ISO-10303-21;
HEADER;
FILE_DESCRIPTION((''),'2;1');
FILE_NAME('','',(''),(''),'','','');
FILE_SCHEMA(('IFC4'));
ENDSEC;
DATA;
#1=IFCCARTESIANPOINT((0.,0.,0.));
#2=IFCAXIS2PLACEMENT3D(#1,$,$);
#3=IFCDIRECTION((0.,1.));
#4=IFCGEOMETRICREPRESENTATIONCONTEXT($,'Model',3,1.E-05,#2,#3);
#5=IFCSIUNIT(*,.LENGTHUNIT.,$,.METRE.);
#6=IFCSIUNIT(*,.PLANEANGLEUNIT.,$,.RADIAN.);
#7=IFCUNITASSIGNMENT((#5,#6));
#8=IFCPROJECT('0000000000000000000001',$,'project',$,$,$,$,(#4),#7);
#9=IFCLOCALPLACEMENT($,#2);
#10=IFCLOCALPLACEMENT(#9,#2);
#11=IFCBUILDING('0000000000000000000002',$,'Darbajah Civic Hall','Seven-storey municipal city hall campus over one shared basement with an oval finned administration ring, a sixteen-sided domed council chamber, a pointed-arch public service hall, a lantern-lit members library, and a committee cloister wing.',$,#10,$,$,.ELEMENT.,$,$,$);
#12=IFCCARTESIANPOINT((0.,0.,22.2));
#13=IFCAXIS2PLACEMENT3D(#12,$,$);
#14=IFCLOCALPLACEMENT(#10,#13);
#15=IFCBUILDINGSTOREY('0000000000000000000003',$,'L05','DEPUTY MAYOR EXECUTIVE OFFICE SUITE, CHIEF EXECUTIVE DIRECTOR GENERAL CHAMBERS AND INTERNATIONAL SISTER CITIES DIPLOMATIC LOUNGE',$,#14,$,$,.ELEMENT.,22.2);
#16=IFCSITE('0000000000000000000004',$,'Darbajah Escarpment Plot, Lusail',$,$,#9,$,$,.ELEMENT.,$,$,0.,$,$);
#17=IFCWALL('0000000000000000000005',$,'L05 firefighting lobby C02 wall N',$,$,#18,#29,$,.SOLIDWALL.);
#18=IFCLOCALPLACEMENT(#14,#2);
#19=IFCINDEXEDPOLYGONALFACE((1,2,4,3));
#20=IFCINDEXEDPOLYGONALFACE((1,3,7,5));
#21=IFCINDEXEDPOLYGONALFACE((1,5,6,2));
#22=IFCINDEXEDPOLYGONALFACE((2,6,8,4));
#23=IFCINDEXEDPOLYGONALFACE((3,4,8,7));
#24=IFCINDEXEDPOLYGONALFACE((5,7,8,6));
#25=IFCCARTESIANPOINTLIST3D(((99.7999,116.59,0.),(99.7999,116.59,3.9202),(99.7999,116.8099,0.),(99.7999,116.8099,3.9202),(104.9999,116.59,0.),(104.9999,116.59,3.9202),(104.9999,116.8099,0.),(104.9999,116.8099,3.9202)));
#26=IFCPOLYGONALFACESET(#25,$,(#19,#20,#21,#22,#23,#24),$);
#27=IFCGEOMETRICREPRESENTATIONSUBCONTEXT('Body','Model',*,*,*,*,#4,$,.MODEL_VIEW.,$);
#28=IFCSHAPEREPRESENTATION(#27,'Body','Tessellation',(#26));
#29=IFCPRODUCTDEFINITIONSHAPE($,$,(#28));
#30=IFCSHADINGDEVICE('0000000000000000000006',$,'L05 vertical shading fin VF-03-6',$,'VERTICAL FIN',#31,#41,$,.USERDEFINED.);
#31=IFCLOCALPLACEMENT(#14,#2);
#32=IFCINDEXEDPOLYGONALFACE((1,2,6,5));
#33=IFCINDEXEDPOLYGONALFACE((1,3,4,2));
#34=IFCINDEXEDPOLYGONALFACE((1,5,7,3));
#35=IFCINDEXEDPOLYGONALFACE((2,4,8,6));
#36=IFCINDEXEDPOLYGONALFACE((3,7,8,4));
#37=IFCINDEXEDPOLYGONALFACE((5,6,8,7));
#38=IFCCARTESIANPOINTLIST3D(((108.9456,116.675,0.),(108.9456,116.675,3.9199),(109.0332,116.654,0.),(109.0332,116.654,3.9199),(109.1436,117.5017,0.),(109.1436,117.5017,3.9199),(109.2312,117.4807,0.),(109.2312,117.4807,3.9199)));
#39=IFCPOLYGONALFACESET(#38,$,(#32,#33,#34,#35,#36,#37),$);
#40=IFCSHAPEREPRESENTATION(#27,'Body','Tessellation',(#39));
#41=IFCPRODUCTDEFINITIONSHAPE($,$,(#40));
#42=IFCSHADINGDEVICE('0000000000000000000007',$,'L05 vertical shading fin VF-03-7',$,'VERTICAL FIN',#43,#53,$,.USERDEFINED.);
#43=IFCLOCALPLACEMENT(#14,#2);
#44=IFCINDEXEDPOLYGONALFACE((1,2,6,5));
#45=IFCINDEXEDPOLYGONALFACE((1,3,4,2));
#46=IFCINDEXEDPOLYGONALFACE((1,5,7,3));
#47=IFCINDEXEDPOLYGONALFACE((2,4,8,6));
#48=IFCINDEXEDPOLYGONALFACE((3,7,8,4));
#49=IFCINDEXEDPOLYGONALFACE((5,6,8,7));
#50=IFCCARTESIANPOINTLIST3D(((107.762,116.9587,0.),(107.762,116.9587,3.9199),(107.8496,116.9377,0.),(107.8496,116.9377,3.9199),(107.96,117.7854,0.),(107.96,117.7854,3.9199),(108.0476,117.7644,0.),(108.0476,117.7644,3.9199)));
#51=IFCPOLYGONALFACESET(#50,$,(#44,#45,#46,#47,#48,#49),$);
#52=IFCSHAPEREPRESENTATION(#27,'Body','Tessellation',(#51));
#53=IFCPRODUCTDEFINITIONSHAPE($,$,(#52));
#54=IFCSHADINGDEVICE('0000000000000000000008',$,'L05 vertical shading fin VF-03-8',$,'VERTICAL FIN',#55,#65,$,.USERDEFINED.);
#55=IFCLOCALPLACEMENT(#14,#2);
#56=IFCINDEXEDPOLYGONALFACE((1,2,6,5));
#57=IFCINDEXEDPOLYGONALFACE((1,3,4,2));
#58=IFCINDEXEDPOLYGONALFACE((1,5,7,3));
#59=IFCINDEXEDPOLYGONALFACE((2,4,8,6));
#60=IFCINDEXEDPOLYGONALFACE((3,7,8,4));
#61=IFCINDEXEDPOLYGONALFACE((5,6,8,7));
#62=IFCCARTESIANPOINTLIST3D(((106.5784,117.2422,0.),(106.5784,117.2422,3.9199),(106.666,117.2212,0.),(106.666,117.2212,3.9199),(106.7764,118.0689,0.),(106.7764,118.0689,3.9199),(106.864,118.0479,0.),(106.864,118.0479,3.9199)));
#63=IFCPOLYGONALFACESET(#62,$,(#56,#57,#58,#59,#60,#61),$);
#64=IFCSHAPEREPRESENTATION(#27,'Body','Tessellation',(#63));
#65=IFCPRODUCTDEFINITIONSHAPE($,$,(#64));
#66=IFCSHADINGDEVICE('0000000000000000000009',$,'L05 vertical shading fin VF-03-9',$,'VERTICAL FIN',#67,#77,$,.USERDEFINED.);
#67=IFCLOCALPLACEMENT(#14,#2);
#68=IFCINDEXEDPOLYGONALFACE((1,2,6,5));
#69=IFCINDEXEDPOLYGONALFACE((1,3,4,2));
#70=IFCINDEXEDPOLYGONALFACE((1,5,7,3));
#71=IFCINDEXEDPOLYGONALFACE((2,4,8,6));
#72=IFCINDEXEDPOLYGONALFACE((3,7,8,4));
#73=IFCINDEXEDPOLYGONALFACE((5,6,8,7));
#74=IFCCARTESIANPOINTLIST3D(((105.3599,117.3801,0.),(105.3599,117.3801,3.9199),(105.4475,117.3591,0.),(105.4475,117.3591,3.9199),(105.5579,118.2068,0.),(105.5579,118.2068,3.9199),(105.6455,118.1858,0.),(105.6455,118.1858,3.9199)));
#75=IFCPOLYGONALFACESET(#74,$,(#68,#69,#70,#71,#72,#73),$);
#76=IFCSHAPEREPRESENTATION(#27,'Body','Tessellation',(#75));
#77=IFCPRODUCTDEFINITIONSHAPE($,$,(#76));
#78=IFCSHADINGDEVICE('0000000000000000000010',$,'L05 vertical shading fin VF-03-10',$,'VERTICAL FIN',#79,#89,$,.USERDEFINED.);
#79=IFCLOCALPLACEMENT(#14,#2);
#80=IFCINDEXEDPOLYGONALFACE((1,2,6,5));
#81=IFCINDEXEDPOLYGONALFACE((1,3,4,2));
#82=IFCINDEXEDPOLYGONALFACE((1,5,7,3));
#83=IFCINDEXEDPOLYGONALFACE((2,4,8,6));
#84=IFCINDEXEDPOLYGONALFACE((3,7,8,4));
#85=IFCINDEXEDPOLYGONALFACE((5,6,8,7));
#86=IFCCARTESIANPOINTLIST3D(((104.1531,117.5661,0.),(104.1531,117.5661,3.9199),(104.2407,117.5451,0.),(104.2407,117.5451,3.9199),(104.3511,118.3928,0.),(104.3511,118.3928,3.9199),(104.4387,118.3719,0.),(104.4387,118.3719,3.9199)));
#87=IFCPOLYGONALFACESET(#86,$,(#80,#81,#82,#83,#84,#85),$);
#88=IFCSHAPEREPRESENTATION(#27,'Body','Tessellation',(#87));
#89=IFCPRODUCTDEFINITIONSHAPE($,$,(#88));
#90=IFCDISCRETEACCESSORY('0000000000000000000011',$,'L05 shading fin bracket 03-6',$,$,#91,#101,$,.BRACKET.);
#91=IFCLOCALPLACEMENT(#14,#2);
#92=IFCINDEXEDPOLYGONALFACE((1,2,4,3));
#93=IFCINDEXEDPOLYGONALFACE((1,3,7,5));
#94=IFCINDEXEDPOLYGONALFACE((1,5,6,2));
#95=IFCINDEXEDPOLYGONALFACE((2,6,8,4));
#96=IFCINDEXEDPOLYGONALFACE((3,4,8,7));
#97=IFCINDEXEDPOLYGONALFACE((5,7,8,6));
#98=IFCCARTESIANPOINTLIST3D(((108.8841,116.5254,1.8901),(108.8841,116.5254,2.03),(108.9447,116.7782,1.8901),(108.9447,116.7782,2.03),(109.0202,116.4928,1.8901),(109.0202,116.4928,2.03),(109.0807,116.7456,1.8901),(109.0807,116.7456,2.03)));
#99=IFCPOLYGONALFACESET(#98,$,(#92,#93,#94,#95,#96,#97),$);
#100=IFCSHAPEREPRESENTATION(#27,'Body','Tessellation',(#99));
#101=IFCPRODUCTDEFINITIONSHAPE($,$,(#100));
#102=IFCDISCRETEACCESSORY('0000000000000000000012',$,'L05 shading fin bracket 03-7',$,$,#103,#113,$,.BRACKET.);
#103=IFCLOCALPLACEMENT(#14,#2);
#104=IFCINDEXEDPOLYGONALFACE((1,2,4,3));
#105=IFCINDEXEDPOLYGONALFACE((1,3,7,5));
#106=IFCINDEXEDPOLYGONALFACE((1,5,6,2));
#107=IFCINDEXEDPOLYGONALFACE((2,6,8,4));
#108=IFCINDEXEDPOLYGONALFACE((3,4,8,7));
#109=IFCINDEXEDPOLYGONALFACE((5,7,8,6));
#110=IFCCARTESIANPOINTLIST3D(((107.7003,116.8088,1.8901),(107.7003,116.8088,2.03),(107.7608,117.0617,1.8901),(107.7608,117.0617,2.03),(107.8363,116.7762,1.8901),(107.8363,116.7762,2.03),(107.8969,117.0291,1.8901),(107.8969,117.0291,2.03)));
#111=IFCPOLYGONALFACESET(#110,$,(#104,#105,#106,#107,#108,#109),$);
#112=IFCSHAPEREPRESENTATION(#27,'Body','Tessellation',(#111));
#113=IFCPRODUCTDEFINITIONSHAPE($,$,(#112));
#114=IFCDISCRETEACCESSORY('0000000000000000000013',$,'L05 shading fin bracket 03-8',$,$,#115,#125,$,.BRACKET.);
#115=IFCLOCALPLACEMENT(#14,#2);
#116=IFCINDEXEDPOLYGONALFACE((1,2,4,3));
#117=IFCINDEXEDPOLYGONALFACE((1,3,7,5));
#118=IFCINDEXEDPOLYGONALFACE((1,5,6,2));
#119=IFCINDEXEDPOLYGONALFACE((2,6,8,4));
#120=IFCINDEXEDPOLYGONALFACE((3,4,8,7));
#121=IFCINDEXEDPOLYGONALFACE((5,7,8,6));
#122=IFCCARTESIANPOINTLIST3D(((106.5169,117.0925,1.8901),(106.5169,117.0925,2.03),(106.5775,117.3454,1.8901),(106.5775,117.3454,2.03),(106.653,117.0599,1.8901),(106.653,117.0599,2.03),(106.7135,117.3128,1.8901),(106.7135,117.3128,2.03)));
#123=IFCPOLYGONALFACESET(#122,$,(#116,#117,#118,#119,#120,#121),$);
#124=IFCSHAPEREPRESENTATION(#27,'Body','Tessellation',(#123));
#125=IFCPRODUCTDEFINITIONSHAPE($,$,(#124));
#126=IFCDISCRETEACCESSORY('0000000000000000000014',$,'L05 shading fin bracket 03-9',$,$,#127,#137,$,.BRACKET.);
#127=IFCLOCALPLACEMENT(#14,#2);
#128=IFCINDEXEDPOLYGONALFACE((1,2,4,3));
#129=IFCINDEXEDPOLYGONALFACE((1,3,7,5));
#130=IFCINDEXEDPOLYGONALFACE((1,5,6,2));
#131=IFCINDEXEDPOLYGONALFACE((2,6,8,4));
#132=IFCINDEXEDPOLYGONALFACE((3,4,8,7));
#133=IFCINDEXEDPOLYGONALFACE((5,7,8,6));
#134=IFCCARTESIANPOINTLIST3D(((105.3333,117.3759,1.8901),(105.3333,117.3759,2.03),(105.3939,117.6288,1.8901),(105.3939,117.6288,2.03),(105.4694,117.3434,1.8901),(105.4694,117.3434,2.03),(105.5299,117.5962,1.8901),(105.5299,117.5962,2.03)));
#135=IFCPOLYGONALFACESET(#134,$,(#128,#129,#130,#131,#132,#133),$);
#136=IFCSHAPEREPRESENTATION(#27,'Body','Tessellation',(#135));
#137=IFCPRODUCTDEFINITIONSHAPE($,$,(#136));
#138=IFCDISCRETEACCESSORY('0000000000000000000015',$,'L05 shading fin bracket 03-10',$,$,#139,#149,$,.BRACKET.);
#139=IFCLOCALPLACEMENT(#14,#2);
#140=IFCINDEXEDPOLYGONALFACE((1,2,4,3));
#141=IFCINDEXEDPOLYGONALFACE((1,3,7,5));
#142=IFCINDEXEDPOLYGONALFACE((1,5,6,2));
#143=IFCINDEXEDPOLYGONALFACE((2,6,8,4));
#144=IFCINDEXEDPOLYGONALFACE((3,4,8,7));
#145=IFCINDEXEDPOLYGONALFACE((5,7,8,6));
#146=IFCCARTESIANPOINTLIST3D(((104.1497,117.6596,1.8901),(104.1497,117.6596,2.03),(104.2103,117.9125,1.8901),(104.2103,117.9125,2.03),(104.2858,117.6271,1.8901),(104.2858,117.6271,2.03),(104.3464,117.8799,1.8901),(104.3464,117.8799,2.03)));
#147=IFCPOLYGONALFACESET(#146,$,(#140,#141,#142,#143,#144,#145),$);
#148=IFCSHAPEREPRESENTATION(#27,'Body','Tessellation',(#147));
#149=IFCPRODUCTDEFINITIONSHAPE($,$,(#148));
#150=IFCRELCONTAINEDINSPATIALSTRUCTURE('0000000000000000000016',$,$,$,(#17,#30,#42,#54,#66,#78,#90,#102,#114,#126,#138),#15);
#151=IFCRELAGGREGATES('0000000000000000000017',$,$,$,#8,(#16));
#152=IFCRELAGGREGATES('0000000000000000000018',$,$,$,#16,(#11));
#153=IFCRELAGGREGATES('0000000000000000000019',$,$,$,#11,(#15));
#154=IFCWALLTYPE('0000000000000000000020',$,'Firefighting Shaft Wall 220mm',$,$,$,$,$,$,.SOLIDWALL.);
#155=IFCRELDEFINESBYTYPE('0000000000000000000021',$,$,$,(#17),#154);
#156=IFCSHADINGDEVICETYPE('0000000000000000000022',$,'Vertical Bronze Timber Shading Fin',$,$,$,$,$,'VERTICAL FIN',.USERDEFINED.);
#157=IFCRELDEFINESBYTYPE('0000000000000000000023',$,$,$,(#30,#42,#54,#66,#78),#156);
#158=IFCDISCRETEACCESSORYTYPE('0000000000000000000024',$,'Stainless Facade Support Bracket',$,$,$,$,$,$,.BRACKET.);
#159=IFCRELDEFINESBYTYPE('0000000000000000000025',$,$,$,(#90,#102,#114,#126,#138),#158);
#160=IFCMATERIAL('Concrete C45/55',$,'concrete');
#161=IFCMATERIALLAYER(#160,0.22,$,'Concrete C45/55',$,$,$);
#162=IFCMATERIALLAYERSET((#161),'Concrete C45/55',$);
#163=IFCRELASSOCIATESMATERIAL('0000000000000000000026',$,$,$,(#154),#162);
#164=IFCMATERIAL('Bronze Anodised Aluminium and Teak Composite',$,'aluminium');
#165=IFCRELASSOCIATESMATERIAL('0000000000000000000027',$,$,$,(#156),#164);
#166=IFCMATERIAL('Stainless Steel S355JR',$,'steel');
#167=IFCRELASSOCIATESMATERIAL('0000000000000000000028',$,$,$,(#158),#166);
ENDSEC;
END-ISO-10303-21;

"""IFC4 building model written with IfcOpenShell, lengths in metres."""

from ifc_helpers import new_model, si_unit, direction, frame, frame_2d, origin, origin_2d, place, context, subcontext, project, spatial, rectangle, extrude, material, layer, layer_set, type_object, element, save


model = new_model("IFC4")

# Units and contexts
model_context = context("Model", 3, precision=1e-05, world=origin(), true_north=direction((0.0, 1.0)))
body_context = subcontext(model_context, "Body", "Model", "MODEL_VIEW")
ifc_project = project(units=[si_unit("LENGTHUNIT", "METRE"), si_unit("PLANEANGLEUNIT", "RADIAN")], contexts=[model_context])

# Site, building, storey
site_placement = place(None, origin())
site = spatial("IfcSite", under=ifc_project, at=site_placement, Name="Darbajah Escarpment Plot, Lusail", CompositionType="ELEMENT", RefElevation=0.0)
building_placement = place(site_placement, origin())
building = spatial("IfcBuilding", under=site, at=building_placement, Name="Darbajah Civic Hall", Description="Seven-storey municipal city hall campus over one shared basement with an oval finned administration ring, a sixteen-sided domed council chamber, a pointed-arch public service hall, a lantern-lit members library, and a committee cloister wing.", CompositionType="ELEMENT")
storey_placement = place(building_placement, frame((0.0, 0.0, 22.2)))
storey = spatial("IfcBuildingStorey", under=building, at=storey_placement, Name="L05", Description="DEPUTY MAYOR EXECUTIVE OFFICE SUITE, CHIEF EXECUTIVE DIRECTOR GENERAL CHAMBERS AND INTERNATIONAL SISTER CITIES DIPLOMATIC LOUNGE", CompositionType="ELEMENT", Elevation=22.2)

# Shared definitions
ifc_material_1 = material(Name="Concrete C45/55", Category="concrete")

# Wall
ifc_layer_1 = layer(ifc_material_1, 0.22, Name="Concrete C45/55")
ifc_layer_set_1 = layer_set([ifc_layer_1], Name="Concrete C45/55")
wall_type_1 = type_object("IfcWallType", Name="Firefighting Shaft Wall 220mm", PredefinedType="SOLIDWALL", material=ifc_layer_set_1)
wall_1_placement = place(storey_placement, frame((105.0, 116.7, 0.0), z_axis=(0.0, 0.0, 1.0), x_axis=(-1.0, 0.0, 0.0)))
element("IfcWall", 1, at=wall_1_placement, inside=storey, type_object=wall_type_1, Name="L05 firefighting lobby C02 wall N", PredefinedType="SOLIDWALL", context=body_context, shape_type="SweptSolid", body=[
    extrude(rectangle(XDim=5.2, YDim=0.22, at=frame_2d((2.6001, 0.0))), origin(), (0.0, 0.0, 1.0), 3.9202),
])

# Shading devices
ifc_material_2 = material(Name="Bronze Anodised Aluminium and Teak Composite", Category="aluminium")
shading_device_type = type_object("IfcShadingDeviceType", Name="Vertical Bronze Timber Shading Fin", ElementType="VERTICAL FIN", PredefinedType="USERDEFINED", material=ifc_material_2)
for number, where, z_axis, x_axis, name in (
    (2, (109.0884, 117.0779, 0.0), (0.0, 0.0, 1.0), (0.232936, 0.972492, 0.0), "L05 vertical shading fin VF-03-6"),
    (3, (107.9048, 117.3616, 0.0), (0.0, 0.0, 1.0), (0.232936, 0.972492, 0.0), "L05 vertical shading fin VF-03-7"),
    (4, (106.7212, 117.645, 0.0), (0.0, 0.0, 1.0), (0.232936, 0.972492, 0.0), "L05 vertical shading fin VF-03-8"),
    (5, (105.5027, 117.783, 0.0), (0.0, 0.0, 1.0), (0.232936, 0.972492, 0.0), "L05 vertical shading fin VF-03-9"),
    (6, (104.2959, 117.969, 0.0), (0.0, 0.0, 1.0), (0.232936, 0.972492, 0.0), "L05 vertical shading fin VF-03-10"),
):
    element("IfcShadingDevice", number, at=place(storey_placement, frame(where, z_axis=z_axis, x_axis=x_axis)), inside=storey, type_object=shading_device_type, Name=name, ObjectType="VERTICAL FIN", PredefinedType="USERDEFINED", context=body_context, shape_type="SweptSolid", body=[
        extrude(rectangle(XDim=0.8501, YDim=0.0901, at=origin_2d()), origin(), (0.0, 0.0, 1.0), 3.9199),
    ])

# Discrete accessories
ifc_material_3 = material(Name="Stainless Steel S355JR", Category="steel")
discrete_accessory_type = type_object("IfcDiscreteAccessoryType", Name="Stainless Facade Support Bracket", PredefinedType="BRACKET", material=ifc_material_3)
for number, where, z_axis, x_axis, name in (
    (7, (108.9824, 116.6355, 1.8901), (0.0, 0.0, 1.0), (0.232936, 0.972492, 0.0), "L05 shading fin bracket 03-6"),
    (8, (107.7986, 116.9189, 1.8901), (0.0, 0.0, 1.0), (0.232936, 0.972492, 0.0), "L05 shading fin bracket 03-7"),
    (9, (106.6152, 117.2026, 1.8901), (0.0, 0.0, 1.0), (0.232936, 0.972492, 0.0), "L05 shading fin bracket 03-8"),
    (10, (105.4316, 117.4861, 1.8901), (0.0, 0.0, 1.0), (0.232936, 0.972492, 0.0), "L05 shading fin bracket 03-9"),
    (11, (104.248, 117.7698, 1.8901), (0.0, 0.0, 1.0), (0.232936, 0.972492, 0.0), "L05 shading fin bracket 03-10"),
):
    element("IfcDiscreteAccessory", number, at=place(storey_placement, frame(where, z_axis=z_axis, x_axis=x_axis)), inside=storey, type_object=discrete_accessory_type, Name=name, PredefinedType="BRACKET", context=body_context, shape_type="SweptSolid", body=[
        extrude(rectangle(XDim=0.26, YDim=0.1399, at=origin_2d()), origin(), (0.0, 0.0, 1.0), 0.1399),
    ])

save(model, "model.ifc")
